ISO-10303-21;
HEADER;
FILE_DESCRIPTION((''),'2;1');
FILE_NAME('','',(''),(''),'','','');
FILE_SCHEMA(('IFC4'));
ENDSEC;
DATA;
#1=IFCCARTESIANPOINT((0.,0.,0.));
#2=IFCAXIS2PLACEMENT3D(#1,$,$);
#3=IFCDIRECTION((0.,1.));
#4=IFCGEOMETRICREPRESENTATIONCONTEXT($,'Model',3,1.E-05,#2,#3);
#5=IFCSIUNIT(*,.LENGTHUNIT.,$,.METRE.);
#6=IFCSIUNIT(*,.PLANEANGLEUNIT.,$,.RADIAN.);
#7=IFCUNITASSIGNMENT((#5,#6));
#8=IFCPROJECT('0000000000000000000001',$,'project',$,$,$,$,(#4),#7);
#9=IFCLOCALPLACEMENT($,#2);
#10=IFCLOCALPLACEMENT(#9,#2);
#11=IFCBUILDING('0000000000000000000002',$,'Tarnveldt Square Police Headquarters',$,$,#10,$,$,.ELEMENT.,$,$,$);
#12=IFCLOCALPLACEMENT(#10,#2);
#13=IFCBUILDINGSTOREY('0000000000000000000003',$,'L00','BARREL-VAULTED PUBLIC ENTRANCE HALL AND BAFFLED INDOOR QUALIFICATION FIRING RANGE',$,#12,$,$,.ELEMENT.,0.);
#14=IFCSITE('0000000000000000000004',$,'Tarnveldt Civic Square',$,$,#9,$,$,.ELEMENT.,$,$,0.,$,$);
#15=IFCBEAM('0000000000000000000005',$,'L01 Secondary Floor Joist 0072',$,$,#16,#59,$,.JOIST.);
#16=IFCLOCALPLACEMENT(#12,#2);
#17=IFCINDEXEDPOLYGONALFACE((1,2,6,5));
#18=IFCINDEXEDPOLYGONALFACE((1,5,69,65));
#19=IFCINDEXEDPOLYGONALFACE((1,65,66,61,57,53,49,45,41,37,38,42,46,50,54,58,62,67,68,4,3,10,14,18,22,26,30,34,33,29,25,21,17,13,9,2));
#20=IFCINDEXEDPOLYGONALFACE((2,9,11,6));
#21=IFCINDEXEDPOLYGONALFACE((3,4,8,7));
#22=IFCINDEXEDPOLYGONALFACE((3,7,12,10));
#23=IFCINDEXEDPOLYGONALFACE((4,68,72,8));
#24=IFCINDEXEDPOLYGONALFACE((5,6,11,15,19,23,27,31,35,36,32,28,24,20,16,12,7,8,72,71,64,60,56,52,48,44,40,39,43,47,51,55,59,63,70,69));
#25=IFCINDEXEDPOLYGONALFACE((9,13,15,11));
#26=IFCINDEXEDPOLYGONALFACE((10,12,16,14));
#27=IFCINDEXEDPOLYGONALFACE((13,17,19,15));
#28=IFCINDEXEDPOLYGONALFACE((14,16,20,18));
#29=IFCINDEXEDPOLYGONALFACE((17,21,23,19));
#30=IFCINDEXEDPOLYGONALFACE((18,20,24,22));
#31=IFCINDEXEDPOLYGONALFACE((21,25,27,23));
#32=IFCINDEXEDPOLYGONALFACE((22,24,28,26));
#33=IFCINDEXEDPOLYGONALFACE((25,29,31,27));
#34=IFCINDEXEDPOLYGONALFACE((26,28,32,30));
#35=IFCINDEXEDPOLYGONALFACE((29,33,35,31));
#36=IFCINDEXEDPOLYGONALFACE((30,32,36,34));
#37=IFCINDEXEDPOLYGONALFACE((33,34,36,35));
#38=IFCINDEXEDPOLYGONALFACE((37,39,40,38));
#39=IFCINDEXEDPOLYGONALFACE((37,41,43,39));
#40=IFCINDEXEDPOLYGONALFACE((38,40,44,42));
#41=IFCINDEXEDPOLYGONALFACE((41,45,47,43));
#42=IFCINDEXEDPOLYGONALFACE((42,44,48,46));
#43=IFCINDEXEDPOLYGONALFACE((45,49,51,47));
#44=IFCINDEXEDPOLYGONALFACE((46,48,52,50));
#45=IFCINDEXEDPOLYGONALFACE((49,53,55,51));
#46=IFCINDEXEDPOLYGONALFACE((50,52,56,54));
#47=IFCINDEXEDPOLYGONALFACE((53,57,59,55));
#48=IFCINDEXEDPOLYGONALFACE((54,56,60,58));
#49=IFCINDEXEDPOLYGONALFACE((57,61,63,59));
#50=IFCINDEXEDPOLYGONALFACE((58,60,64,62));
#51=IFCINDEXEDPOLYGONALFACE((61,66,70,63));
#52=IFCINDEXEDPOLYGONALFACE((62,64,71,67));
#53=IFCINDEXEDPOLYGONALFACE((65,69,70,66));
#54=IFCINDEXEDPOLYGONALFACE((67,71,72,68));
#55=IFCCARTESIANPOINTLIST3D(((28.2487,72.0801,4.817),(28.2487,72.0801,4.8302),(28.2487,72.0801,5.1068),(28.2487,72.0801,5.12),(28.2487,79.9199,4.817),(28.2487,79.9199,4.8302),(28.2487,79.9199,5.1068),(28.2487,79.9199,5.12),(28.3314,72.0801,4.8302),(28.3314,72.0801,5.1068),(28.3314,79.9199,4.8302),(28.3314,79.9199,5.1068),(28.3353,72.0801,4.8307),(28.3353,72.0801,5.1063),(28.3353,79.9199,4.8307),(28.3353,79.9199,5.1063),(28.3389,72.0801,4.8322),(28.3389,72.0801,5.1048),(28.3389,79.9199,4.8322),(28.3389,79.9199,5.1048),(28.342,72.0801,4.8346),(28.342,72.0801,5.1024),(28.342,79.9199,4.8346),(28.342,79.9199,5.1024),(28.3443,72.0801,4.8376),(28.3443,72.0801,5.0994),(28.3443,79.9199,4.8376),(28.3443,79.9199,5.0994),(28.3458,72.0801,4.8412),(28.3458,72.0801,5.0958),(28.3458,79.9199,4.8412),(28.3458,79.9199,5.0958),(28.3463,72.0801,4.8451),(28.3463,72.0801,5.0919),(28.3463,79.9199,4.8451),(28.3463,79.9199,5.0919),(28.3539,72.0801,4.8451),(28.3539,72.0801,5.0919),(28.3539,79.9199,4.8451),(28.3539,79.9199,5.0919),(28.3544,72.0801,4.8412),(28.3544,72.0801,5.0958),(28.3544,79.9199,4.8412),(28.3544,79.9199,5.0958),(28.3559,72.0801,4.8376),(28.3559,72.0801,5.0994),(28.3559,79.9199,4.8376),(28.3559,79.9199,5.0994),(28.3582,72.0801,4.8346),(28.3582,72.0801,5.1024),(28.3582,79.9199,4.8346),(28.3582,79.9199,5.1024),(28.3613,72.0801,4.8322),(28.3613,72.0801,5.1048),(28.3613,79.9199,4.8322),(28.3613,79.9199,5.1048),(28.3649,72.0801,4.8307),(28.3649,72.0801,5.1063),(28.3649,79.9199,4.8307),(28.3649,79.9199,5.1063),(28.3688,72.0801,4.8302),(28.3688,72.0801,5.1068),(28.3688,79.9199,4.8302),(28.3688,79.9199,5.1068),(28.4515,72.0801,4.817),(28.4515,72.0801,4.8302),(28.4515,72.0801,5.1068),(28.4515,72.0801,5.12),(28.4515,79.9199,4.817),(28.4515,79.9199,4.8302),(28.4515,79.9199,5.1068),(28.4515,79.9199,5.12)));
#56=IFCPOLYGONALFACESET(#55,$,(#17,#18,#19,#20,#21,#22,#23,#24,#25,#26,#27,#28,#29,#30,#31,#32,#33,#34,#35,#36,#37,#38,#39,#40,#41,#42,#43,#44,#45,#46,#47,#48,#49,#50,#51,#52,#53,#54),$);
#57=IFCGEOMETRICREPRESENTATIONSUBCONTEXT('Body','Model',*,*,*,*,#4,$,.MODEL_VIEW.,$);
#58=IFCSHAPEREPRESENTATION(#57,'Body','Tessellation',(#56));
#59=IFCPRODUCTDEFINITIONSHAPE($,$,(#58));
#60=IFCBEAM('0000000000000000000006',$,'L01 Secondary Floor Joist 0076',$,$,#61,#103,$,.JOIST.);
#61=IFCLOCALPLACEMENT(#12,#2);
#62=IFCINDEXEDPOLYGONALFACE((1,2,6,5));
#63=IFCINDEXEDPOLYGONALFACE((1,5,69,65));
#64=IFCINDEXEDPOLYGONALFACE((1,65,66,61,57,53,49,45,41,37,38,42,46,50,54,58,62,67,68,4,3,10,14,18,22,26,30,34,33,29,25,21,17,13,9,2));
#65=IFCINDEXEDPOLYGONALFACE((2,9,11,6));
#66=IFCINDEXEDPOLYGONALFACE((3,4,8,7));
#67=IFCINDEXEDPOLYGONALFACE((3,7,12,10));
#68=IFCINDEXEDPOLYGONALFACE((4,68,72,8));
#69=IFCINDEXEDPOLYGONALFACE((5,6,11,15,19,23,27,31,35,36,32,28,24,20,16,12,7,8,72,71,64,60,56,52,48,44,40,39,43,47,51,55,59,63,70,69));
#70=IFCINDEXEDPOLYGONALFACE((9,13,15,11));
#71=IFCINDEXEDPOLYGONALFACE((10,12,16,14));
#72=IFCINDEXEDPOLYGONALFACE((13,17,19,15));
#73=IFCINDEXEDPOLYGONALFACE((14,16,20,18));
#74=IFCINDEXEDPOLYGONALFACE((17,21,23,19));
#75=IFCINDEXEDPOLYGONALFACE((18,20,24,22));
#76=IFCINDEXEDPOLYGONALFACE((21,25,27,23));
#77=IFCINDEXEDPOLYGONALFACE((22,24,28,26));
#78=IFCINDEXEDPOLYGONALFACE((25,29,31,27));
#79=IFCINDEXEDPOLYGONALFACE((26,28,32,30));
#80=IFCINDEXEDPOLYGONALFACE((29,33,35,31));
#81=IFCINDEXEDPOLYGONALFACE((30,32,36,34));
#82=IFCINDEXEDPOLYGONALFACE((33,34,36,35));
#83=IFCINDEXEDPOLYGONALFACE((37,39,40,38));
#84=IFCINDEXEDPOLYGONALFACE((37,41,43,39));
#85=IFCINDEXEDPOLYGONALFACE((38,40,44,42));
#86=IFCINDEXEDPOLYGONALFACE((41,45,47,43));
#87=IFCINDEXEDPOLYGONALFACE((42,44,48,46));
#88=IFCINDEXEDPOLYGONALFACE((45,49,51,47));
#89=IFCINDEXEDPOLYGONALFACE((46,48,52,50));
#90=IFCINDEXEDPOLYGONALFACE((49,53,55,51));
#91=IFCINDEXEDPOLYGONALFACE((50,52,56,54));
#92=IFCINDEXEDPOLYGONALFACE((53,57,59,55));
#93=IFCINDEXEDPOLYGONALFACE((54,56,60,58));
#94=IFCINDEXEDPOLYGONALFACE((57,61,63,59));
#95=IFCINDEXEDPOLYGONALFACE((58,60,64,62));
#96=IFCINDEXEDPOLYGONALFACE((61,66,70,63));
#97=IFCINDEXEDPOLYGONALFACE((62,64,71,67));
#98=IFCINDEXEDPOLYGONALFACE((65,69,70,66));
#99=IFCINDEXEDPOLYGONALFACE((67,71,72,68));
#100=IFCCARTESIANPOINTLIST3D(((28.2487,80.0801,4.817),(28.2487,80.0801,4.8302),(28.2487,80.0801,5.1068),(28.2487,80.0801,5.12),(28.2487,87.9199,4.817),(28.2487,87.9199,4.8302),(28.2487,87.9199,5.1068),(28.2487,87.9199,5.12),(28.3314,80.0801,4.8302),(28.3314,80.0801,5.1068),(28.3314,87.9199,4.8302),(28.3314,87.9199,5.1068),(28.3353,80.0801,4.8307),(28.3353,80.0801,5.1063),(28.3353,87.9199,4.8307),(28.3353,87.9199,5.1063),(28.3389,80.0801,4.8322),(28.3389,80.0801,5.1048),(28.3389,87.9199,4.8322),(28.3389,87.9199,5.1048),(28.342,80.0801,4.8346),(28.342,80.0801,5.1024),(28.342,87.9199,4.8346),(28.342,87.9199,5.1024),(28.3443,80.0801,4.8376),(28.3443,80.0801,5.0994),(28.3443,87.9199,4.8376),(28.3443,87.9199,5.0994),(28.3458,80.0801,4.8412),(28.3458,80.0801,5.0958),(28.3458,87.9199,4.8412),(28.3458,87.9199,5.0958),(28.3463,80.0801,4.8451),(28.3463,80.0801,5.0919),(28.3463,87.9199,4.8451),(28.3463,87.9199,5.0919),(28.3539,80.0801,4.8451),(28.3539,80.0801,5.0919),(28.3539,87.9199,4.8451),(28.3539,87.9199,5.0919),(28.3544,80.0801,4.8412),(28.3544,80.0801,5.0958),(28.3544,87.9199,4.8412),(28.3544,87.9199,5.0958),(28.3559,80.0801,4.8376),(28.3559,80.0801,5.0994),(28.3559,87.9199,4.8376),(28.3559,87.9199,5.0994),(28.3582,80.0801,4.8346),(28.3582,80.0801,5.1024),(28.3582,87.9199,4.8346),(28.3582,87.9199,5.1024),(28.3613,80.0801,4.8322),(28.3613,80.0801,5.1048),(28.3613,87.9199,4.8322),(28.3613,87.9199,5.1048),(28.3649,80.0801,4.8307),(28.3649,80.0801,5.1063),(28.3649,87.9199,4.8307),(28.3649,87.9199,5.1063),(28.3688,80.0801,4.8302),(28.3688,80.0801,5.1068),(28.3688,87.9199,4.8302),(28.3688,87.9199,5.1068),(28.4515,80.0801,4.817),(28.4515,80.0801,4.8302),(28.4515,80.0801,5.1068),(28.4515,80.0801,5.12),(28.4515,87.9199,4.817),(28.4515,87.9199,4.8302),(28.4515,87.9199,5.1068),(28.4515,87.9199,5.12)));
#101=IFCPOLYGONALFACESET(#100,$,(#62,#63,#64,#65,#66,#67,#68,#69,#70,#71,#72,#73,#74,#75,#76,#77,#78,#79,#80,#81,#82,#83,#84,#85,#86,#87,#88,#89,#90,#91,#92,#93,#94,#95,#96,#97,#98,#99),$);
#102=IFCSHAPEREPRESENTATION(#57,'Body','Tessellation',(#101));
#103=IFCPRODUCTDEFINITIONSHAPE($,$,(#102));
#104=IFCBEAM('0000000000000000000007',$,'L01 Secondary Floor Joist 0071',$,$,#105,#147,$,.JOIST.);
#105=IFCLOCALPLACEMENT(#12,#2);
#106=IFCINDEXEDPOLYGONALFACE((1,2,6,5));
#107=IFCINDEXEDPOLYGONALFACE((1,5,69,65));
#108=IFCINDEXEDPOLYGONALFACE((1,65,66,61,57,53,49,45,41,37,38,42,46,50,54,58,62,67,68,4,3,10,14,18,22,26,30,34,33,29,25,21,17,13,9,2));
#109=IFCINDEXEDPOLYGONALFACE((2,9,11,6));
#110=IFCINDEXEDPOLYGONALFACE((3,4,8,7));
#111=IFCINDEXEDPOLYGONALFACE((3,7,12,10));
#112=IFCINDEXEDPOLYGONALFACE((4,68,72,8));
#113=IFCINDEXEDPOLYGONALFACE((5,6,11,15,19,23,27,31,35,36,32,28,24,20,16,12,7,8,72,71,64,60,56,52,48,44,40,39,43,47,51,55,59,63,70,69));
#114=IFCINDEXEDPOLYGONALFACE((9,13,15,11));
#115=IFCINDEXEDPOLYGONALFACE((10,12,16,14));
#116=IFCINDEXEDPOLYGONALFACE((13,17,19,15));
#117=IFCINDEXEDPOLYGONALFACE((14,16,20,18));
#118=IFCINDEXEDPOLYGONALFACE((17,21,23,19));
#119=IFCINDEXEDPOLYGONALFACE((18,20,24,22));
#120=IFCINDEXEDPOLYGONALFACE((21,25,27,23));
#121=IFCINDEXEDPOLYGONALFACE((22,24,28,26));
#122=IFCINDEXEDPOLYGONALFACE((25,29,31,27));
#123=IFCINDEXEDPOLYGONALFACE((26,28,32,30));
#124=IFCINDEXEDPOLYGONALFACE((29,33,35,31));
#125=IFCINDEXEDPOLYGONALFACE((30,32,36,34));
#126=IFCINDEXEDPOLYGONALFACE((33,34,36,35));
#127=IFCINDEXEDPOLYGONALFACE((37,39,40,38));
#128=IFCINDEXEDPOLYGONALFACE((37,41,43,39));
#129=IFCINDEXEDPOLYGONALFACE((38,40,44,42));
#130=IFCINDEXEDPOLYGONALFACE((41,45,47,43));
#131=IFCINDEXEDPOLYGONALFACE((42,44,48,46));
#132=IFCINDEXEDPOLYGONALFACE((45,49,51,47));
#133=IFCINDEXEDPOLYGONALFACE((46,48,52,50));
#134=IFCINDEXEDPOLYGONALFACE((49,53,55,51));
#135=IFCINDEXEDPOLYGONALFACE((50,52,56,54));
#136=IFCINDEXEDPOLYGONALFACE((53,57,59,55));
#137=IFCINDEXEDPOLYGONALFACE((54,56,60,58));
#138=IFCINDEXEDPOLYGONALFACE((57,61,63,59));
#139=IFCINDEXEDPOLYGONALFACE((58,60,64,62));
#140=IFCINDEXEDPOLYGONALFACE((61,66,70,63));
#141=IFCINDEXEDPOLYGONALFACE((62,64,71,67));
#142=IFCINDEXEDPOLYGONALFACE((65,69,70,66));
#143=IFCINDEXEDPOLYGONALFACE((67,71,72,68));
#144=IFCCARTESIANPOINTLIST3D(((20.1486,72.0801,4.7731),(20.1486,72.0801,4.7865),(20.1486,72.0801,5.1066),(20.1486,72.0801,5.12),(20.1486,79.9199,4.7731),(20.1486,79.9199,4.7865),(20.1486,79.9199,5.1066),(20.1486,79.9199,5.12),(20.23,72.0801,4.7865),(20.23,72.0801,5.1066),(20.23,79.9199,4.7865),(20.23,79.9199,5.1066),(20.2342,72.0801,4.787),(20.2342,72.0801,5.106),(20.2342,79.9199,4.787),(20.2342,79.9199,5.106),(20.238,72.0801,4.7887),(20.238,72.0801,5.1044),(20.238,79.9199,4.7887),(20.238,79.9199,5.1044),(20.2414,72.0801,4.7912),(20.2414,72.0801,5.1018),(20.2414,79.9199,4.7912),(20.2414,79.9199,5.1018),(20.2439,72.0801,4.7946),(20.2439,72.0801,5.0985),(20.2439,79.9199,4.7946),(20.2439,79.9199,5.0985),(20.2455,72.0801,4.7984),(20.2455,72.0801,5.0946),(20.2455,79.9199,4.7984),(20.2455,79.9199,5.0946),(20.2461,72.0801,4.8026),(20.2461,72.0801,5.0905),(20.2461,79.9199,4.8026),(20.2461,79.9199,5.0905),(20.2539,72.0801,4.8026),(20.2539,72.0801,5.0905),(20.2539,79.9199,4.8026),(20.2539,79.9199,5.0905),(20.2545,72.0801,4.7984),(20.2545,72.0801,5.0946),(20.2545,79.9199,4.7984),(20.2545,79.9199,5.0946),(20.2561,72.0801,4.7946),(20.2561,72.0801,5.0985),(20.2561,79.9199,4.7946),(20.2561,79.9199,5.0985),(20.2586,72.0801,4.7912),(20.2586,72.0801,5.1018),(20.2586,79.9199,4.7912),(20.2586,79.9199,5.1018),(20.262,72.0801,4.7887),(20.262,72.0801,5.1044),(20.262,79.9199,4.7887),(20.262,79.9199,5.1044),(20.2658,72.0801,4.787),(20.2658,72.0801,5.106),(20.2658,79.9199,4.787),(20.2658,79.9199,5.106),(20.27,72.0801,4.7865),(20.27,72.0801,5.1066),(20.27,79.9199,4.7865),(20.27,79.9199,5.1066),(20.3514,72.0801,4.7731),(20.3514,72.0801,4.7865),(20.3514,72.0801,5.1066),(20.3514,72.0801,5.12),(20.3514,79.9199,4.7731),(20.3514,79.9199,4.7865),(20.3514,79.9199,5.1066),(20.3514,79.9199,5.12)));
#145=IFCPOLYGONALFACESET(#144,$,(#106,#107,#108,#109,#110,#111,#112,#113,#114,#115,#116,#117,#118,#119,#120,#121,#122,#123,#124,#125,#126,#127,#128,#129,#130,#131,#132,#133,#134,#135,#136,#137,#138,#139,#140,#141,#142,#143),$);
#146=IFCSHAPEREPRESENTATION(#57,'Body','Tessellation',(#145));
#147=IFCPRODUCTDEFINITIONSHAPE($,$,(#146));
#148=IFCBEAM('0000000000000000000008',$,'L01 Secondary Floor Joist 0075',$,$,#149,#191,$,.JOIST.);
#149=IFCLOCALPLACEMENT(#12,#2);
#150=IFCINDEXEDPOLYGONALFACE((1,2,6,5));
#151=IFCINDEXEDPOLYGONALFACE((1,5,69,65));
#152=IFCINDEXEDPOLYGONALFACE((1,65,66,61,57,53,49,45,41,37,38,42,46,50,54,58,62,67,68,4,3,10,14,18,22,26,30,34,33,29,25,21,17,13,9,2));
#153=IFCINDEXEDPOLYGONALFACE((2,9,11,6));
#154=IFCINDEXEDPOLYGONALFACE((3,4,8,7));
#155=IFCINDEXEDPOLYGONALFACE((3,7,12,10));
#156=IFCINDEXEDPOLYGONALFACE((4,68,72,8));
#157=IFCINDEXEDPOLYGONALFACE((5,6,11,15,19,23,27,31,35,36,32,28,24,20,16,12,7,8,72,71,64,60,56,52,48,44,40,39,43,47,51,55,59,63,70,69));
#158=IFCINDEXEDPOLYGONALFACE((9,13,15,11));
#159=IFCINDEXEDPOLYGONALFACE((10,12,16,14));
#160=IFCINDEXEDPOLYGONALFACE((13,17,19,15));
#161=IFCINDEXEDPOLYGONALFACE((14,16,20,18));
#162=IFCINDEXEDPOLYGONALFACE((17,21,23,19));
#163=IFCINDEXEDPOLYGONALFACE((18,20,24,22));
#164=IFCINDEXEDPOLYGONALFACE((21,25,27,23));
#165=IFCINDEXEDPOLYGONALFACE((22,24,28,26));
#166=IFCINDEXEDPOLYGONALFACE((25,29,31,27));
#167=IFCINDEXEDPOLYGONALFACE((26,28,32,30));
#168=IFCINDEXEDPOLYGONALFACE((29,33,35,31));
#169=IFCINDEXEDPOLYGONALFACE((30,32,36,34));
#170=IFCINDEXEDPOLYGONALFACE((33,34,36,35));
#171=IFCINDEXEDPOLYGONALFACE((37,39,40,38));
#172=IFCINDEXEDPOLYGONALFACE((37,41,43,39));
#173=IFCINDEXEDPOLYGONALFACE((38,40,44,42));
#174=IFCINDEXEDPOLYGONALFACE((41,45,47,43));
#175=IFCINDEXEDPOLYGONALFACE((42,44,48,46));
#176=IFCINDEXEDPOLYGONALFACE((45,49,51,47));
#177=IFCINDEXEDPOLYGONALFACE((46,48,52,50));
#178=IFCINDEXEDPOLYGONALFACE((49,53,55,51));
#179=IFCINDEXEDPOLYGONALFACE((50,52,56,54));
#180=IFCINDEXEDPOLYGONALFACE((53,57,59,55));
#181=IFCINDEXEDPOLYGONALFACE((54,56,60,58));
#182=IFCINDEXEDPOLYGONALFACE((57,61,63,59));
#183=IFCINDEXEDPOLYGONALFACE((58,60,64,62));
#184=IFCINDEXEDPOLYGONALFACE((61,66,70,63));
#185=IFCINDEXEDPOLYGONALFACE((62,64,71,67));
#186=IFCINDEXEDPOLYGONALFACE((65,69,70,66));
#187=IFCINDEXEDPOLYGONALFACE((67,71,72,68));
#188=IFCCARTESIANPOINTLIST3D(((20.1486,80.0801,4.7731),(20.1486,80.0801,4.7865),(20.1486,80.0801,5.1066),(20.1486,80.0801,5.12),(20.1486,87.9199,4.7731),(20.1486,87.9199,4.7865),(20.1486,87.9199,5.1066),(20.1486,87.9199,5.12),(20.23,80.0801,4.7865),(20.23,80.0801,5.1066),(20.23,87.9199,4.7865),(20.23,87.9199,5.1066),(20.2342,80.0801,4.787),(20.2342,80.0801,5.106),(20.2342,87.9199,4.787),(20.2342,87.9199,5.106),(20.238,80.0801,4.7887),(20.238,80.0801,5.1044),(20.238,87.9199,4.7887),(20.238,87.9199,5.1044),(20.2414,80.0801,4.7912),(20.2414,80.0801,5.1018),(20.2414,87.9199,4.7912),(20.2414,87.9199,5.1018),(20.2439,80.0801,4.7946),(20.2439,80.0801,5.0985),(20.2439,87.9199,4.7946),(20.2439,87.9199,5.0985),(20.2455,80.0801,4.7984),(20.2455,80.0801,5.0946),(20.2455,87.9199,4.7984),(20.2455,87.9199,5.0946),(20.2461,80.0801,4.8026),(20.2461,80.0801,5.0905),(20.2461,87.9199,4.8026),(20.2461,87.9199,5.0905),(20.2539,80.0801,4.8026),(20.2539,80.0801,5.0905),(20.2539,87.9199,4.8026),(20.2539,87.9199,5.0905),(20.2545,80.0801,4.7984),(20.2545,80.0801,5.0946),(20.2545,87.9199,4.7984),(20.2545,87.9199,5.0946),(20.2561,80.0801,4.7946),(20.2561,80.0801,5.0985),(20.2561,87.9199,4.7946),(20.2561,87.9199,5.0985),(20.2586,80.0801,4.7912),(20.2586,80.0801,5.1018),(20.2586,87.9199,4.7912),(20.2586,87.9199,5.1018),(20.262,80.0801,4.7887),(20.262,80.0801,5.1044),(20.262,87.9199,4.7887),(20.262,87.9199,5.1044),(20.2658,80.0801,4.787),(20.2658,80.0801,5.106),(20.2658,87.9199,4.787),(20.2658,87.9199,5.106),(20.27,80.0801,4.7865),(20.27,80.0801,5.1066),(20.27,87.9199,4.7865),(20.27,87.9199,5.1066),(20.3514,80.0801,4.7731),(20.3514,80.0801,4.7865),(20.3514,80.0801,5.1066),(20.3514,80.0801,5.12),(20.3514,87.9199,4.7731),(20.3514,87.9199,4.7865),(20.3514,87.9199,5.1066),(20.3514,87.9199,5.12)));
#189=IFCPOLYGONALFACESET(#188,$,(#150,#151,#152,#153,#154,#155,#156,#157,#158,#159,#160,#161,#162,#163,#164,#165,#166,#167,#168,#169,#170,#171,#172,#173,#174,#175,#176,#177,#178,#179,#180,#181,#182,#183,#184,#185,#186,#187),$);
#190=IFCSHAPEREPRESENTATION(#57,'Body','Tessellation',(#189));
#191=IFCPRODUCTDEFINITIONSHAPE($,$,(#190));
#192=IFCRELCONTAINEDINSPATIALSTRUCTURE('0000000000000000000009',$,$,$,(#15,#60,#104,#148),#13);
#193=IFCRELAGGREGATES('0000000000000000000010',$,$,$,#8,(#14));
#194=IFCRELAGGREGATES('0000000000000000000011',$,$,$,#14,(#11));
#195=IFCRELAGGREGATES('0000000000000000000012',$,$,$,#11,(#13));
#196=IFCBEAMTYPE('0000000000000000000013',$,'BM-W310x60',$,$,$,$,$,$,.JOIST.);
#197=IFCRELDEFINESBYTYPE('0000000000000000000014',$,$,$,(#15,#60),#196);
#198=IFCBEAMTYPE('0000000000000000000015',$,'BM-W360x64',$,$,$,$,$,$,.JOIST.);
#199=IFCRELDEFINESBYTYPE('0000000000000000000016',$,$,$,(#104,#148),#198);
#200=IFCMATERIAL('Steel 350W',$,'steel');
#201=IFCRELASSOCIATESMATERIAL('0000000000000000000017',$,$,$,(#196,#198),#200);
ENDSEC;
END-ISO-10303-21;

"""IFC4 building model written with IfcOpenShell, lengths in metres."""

from ifc_helpers import new_model, si_unit, direction, frame, origin, origin_2d, place, context, subcontext, project, spatial, i_section, extrude, material, material_profile, profile_set, type_object, element, save


model = new_model("IFC4")

# Units and contexts
model_context = context("Model", 3, precision=1e-05, world=origin(), true_north=direction((0.0, 1.0)))
body_context = subcontext(model_context, "Body", "Model", "MODEL_VIEW")
ifc_project = project(units=[si_unit("LENGTHUNIT", "METRE"), si_unit("PLANEANGLEUNIT", "RADIAN")], contexts=[model_context])

# Site, building, storey
site_placement = place(None, origin())
site = spatial("IfcSite", under=ifc_project, at=site_placement, Name="Tarnveldt Civic Square", CompositionType="ELEMENT", RefElevation=0.0)
building_placement = place(site_placement, origin())
building = spatial("IfcBuilding", under=site, at=building_placement, Name="Tarnveldt Square Police Headquarters", CompositionType="ELEMENT")
storey_placement = place(building_placement, origin())
storey = spatial("IfcBuildingStorey", under=building, at=storey_placement, Name="L00", Description="BARREL-VAULTED PUBLIC ENTRANCE HALL AND BAFFLED INDOOR QUALIFICATION FIRING RANGE", CompositionType="ELEMENT", Elevation=0.0)

# Beams
ifc_material_1 = material(Name="Steel 350W", Category="steel")
ifc_material_profile_1 = material_profile(ifc_material_1, i_section(OverallWidth=0.2029, OverallDepth=0.303, WebThickness=0.0076, FlangeThickness=0.0132, FilletRadius=0.0149, at=origin_2d()), Name="W310x60")
ifc_profile_set_1 = profile_set([ifc_material_profile_1], Name="Steel 350W")
beam_type_1 = type_object("IfcBeamType", Name="BM-W310x60", PredefinedType="JOIST", material=ifc_profile_set_1)
for number, where, z_axis, x_axis, name in (
    (1, (28.3501, 72.0801, 4.9685), (0.0, 1.0, 0.0), (-1.0, 0.0, 0.0), "L01 Secondary Floor Joist 0072"),
    (2, (28.3501, 80.0801, 4.9685), (0.0, 1.0, 0.0), (-1.0, 0.0, 0.0), "L01 Secondary Floor Joist 0076"),
):
    element("IfcBeam", number, at=place(storey_placement, frame(where, z_axis=z_axis, x_axis=x_axis)), inside=storey, type_object=beam_type_1, Name=name, PredefinedType="JOIST", context=body_context, shape_type="SweptSolid", body=[
        extrude(i_section(OverallWidth=0.2029, OverallDepth=0.303, WebThickness=0.0076, FlangeThickness=0.0132, FilletRadius=0.0149, at=origin_2d()), origin(), (0.0, 0.0, 1.0), 7.8398),
    ])
ifc_material_profile_2 = material_profile(ifc_material_1, i_section(OverallWidth=0.2029, OverallDepth=0.3469, WebThickness=0.0078, FlangeThickness=0.0134, FilletRadius=0.0161, at=origin_2d()), Name="W360x64")
ifc_profile_set_2 = profile_set([ifc_material_profile_2], Name="Steel 350W")
beam_type_2 = type_object("IfcBeamType", Name="BM-W360x64", PredefinedType="JOIST", material=ifc_profile_set_2)
for number, where, z_axis, x_axis, name in (
    (3, (20.25, 72.0801, 4.9465), (0.0, 1.0, 0.0), (-1.0, 0.0, 0.0), "L01 Secondary Floor Joist 0071"),
    (4, (20.25, 80.0801, 4.9465), (0.0, 1.0, 0.0), (-1.0, 0.0, 0.0), "L01 Secondary Floor Joist 0075"),
):
    element("IfcBeam", number, at=place(storey_placement, frame(where, z_axis=z_axis, x_axis=x_axis)), inside=storey, type_object=beam_type_2, Name=name, PredefinedType="JOIST", context=body_context, shape_type="SweptSolid", body=[
        extrude(i_section(OverallWidth=0.2029, OverallDepth=0.3469, WebThickness=0.0078, FlangeThickness=0.0134, FilletRadius=0.0161, at=origin_2d()), origin(), (0.0, 0.0, 1.0), 7.8398),
    ])

save(model, "model.ifc")
